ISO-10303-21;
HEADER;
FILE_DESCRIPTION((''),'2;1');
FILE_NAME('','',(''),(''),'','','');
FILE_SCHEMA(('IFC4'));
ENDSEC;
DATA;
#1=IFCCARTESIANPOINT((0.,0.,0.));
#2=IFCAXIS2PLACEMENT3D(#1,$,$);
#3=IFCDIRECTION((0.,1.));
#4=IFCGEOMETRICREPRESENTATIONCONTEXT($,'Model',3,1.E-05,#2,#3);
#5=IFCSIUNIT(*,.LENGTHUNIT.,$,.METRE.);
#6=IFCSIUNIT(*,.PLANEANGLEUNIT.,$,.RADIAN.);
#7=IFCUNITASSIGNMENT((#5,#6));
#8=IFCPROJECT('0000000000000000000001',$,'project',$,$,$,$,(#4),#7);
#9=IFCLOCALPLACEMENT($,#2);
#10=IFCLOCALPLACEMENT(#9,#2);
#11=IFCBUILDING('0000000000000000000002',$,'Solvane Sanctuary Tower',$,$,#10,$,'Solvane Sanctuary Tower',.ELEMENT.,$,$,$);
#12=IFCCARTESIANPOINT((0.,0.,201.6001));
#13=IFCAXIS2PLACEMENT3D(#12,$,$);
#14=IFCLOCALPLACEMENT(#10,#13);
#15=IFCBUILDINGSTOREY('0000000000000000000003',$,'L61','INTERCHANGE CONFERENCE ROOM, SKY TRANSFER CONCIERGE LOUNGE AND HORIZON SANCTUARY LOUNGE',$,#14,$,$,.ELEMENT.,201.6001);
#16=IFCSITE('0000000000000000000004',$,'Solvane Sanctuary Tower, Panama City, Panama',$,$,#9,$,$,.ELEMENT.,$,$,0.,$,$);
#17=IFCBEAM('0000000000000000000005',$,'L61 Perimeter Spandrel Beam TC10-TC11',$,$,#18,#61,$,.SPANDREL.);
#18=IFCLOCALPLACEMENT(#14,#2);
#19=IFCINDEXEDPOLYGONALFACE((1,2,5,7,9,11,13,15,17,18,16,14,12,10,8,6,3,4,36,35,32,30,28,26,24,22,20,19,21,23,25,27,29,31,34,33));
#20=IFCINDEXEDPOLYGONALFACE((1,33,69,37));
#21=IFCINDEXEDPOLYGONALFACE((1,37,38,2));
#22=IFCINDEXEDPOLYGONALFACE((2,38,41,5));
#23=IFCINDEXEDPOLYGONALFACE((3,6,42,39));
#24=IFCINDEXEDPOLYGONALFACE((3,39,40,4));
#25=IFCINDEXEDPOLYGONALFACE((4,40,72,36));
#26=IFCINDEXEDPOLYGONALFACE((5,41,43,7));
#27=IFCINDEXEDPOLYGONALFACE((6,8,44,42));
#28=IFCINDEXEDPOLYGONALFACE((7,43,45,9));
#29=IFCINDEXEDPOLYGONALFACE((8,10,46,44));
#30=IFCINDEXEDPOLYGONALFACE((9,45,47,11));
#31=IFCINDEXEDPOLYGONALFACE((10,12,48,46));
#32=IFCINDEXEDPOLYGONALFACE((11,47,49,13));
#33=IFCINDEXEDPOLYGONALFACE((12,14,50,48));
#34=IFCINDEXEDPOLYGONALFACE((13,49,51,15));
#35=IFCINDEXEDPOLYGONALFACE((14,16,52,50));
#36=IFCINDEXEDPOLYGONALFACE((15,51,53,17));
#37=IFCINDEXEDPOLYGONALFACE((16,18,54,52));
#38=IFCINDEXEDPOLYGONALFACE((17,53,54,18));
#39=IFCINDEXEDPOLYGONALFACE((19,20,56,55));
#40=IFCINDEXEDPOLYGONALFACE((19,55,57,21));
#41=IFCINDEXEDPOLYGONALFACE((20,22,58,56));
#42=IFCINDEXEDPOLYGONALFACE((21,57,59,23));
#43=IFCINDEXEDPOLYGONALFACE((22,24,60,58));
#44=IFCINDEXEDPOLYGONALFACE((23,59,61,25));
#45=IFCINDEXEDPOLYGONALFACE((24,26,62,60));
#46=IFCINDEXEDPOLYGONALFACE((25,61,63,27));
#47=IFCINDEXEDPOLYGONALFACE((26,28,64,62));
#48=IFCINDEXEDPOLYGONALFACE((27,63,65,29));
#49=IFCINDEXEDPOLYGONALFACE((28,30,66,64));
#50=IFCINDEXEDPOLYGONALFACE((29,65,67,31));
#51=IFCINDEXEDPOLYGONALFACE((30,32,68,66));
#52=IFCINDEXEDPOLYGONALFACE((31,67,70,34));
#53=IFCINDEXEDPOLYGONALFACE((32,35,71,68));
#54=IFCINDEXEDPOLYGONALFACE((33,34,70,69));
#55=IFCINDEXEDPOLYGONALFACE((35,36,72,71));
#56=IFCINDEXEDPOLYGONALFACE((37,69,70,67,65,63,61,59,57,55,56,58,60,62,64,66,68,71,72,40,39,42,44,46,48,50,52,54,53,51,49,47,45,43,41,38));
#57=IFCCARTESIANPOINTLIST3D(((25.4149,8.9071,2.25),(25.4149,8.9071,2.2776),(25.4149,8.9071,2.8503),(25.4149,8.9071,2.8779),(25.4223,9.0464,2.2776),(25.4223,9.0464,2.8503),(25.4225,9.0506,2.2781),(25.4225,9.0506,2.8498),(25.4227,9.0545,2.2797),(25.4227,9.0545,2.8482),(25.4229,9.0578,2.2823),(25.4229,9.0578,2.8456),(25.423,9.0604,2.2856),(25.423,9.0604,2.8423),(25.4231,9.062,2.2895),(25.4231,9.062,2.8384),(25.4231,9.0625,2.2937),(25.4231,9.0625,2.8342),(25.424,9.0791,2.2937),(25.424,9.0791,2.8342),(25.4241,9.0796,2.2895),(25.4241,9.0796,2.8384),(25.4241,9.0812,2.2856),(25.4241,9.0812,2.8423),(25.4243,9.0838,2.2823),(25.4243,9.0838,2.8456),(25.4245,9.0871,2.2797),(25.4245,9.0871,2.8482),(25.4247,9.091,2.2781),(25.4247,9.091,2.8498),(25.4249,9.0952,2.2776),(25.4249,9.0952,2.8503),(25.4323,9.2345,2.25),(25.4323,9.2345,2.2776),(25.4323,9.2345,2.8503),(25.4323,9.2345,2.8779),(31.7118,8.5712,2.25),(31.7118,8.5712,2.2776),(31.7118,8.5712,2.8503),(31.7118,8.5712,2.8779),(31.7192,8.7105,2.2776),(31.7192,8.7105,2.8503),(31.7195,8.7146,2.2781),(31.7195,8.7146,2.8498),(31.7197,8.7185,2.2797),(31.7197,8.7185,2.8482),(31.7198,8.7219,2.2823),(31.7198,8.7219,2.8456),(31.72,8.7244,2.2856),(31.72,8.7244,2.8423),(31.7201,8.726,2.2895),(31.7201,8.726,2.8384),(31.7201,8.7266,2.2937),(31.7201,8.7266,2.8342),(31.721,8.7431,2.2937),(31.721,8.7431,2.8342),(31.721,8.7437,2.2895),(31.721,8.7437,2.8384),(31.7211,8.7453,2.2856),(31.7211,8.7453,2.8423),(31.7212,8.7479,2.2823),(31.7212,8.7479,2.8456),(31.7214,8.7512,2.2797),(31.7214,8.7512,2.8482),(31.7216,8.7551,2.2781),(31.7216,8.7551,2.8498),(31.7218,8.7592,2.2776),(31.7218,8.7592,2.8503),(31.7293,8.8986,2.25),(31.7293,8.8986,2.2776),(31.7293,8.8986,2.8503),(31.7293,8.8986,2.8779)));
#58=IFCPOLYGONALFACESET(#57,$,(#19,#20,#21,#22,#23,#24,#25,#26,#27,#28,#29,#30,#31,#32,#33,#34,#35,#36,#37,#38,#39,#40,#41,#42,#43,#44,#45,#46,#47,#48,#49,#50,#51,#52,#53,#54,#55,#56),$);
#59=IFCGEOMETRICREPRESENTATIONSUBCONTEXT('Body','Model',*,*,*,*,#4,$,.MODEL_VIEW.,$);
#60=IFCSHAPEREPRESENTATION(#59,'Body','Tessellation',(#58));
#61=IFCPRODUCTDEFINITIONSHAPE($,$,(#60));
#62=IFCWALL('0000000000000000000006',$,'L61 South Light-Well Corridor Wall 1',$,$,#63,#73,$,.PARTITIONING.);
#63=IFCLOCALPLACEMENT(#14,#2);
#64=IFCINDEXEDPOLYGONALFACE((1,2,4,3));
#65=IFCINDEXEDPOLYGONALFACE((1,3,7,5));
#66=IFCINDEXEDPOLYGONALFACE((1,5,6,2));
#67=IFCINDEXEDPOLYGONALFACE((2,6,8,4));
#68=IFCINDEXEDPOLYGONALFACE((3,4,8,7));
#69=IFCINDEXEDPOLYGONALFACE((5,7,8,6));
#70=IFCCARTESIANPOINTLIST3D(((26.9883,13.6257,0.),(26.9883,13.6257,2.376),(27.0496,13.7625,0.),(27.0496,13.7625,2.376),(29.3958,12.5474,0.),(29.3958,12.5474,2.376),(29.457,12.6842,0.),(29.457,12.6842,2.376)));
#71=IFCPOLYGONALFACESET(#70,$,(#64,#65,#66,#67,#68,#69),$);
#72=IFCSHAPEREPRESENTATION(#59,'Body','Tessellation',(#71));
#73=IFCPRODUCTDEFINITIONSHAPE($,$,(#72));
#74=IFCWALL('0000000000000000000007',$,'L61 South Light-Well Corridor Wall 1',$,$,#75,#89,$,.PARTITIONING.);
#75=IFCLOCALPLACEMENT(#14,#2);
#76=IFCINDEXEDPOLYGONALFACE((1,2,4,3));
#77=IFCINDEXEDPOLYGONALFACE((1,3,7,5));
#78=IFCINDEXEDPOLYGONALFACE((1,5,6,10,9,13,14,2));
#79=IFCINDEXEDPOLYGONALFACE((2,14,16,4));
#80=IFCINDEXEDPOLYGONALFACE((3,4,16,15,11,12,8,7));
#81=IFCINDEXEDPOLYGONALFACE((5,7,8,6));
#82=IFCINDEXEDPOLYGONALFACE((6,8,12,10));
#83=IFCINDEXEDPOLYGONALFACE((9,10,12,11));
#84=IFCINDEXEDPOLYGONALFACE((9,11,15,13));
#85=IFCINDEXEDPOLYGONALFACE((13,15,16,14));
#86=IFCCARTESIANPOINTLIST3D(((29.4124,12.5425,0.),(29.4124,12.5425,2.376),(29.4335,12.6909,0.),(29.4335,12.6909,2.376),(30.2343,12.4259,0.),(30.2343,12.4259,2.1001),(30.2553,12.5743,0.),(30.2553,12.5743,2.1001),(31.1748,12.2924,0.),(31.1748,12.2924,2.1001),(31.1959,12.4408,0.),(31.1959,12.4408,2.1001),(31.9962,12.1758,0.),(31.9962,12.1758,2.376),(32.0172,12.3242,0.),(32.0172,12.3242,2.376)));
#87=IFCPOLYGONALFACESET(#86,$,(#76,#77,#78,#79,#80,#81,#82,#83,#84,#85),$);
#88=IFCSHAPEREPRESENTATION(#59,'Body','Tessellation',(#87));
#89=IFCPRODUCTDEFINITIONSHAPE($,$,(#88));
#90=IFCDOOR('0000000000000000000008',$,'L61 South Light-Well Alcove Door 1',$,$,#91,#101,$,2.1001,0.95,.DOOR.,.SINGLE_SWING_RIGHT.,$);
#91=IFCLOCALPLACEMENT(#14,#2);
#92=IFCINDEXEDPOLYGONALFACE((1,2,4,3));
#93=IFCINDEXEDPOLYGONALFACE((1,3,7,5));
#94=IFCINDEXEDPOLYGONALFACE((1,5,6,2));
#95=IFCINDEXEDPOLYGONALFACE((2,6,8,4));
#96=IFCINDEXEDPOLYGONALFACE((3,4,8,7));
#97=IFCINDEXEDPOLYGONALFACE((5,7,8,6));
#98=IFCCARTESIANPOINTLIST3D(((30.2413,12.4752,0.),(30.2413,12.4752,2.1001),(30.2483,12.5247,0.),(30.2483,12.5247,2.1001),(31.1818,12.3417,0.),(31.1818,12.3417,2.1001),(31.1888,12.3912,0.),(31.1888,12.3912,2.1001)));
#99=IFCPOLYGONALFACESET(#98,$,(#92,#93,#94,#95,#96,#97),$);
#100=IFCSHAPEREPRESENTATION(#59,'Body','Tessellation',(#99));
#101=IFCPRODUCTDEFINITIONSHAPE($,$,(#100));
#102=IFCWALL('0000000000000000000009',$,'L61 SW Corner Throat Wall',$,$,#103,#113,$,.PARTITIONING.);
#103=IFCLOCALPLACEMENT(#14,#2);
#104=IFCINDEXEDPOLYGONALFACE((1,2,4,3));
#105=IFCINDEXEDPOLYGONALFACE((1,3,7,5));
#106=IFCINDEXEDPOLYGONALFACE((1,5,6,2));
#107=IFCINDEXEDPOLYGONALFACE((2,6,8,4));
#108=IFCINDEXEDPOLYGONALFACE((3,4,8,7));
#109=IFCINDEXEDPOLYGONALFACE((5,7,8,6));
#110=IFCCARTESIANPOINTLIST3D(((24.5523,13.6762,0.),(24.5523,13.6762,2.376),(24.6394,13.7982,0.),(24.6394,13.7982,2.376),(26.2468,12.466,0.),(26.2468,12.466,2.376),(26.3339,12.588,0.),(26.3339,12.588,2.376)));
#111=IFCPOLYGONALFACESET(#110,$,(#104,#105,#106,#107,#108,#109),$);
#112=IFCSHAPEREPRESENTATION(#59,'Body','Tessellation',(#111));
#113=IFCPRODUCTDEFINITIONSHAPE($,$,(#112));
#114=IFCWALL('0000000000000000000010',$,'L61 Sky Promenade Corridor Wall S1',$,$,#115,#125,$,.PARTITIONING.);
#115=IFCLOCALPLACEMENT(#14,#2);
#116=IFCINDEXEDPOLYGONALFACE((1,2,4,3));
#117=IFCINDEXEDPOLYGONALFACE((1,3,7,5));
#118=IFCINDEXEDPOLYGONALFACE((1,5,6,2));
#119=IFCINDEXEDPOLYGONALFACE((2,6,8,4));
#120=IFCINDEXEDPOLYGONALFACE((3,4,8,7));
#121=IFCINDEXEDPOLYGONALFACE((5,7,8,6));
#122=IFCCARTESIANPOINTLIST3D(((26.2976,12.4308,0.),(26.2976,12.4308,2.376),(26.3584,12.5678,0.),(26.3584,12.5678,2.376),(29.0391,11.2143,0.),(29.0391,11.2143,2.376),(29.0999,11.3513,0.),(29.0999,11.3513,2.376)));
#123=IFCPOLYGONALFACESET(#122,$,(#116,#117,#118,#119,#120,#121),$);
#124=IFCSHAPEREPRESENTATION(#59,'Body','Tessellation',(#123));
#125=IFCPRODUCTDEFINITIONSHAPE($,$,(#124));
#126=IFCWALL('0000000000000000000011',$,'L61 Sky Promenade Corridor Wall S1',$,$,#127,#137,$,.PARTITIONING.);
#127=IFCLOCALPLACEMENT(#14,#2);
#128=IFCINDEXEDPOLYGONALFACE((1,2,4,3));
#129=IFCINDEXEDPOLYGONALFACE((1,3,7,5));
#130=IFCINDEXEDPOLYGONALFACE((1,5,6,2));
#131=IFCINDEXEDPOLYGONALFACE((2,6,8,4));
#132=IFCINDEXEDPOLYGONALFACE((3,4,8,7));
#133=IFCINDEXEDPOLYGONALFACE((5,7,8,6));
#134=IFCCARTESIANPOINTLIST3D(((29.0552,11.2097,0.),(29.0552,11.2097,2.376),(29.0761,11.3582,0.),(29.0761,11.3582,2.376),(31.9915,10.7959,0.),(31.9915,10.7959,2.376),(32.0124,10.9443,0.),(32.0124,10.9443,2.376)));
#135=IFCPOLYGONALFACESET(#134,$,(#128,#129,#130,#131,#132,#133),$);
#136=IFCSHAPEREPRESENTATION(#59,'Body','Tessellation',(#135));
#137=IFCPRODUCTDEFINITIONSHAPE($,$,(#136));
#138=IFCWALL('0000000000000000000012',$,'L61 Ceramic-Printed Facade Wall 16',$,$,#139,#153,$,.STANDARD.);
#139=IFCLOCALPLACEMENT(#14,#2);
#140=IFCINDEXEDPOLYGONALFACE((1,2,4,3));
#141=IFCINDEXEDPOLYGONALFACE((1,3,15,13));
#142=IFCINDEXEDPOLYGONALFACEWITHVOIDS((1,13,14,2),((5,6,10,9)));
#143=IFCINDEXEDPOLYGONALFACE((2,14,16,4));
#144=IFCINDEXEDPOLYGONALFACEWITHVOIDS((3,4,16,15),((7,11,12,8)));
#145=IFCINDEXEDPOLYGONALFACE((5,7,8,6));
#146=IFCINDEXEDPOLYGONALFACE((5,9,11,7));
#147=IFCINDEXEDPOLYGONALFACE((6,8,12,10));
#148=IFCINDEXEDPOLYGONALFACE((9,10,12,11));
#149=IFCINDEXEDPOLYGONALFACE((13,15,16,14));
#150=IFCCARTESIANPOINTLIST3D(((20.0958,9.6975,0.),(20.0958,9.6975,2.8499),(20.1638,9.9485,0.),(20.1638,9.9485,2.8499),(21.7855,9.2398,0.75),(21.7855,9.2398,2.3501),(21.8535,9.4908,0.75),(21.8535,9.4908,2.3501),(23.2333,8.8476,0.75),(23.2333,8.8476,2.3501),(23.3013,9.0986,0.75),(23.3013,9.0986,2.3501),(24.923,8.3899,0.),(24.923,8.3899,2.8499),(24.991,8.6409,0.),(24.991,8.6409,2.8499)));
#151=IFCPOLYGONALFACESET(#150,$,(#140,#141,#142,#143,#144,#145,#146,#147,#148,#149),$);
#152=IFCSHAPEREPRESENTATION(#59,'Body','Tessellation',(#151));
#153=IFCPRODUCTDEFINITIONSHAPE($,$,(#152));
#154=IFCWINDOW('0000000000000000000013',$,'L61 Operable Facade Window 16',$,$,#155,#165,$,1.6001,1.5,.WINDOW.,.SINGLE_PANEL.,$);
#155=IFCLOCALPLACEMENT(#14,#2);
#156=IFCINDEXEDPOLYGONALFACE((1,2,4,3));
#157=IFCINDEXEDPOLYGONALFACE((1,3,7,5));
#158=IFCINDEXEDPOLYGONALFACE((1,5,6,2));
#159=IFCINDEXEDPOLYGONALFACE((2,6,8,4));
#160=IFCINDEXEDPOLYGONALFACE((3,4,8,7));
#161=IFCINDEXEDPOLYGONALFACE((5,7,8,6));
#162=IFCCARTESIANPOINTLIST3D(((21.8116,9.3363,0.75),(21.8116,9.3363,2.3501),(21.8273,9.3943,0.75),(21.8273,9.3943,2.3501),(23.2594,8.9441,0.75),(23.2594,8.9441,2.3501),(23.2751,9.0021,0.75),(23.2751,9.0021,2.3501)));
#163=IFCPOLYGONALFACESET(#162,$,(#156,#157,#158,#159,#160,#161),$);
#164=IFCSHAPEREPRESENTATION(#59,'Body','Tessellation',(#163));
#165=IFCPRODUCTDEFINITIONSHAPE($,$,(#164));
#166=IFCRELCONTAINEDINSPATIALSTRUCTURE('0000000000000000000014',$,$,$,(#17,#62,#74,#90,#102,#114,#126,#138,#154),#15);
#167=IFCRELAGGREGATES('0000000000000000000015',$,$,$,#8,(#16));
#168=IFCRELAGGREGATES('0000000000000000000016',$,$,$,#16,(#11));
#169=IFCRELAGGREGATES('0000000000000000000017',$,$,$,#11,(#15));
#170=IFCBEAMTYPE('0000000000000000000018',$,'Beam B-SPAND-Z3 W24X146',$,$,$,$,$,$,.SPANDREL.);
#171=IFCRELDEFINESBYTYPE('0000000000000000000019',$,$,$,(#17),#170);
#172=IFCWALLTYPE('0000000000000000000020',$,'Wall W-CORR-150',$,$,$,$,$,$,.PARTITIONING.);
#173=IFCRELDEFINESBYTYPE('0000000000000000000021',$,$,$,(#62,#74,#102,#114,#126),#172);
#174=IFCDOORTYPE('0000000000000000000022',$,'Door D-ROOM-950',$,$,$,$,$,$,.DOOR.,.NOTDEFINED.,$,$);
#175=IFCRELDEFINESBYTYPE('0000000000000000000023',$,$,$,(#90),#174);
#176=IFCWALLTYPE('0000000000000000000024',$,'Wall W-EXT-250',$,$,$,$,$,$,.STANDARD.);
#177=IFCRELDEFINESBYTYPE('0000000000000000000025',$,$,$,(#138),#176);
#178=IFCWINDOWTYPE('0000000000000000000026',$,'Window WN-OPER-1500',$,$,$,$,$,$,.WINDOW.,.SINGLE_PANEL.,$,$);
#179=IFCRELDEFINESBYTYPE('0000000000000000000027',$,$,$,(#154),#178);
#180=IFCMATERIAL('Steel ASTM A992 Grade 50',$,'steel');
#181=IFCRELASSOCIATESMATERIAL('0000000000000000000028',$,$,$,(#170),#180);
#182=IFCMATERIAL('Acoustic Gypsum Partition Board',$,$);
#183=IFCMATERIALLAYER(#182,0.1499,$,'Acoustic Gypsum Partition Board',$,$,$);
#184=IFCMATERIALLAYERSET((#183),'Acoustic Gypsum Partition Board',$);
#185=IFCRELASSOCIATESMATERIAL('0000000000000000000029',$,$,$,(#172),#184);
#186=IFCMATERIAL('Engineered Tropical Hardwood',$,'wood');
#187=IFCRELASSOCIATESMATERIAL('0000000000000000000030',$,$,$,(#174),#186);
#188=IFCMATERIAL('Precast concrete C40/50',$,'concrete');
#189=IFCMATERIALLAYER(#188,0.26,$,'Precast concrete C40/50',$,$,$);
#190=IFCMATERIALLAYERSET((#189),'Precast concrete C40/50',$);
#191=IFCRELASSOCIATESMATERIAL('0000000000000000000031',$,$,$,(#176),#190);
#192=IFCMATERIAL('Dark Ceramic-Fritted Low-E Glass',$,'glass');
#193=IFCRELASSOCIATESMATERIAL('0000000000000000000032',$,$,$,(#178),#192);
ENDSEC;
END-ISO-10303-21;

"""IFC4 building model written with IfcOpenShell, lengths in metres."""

from ifc_helpers import new_model, si_unit, direction, frame, frame_2d, origin, origin_2d, place, context, subcontext, project, spatial, rectangle, i_section, extrude, material, layer, layer_set, material_profile, profile_set, type_object, element, fill, save


model = new_model("IFC4")

# Units and contexts
model_context = context("Model", 3, precision=1e-05, world=origin(), true_north=direction((0.0, 1.0)))
body_context = subcontext(model_context, "Body", "Model", "MODEL_VIEW")
ifc_project = project(units=[si_unit("LENGTHUNIT", "METRE"), si_unit("PLANEANGLEUNIT", "RADIAN")], contexts=[model_context])

# Site, building, storey
site_placement = place(None, origin())
site = spatial("IfcSite", under=ifc_project, at=site_placement, Name="Solvane Sanctuary Tower, Panama City, Panama", CompositionType="ELEMENT", RefElevation=0.0)
building_placement = place(site_placement, origin())
building = spatial("IfcBuilding", under=site, at=building_placement, Name="Solvane Sanctuary Tower", LongName="Solvane Sanctuary Tower", CompositionType="ELEMENT")
storey_placement = place(building_placement, frame((0.0, 0.0, 201.6001)))
storey = spatial("IfcBuildingStorey", under=building, at=storey_placement, Name="L61", Description="INTERCHANGE CONFERENCE ROOM, SKY TRANSFER CONCIERGE LOUNGE AND HORIZON SANCTUARY LOUNGE", CompositionType="ELEMENT", Elevation=201.6001)

# Beam
ifc_material_1 = material(Name="Steel ASTM A992 Grade 50", Category="steel")
ifc_material_profile_1 = material_profile(ifc_material_1, i_section(OverallWidth=0.3279, OverallDepth=0.6279, WebThickness=0.0166, FlangeThickness=0.0276, FilletRadius=0.0161, at=origin_2d()), Name="W24X146")
ifc_profile_set_1 = profile_set([ifc_material_profile_1], Name="Steel ASTM A992 Grade 50")
beam_type_1 = type_object("IfcBeamType", Name="Beam B-SPAND-Z3 W24X146", PredefinedType="SPANDREL", material=ifc_profile_set_1)
beam_1_placement = place(storey_placement, frame((25.4236, 9.0708, 2.564), z_axis=(0.99858, -0.053274, 0.0), x_axis=(0.053274, 0.99858, 0.0)))
element("IfcBeam", 1, at=beam_1_placement, inside=storey, type_object=beam_type_1, Name="L61 Perimeter Spandrel Beam TC10-TC11", PredefinedType="SPANDREL", context=body_context, shape_type="SweptSolid", body=[
    extrude(i_section(OverallWidth=0.3279, OverallDepth=0.6279, WebThickness=0.0166, FlangeThickness=0.0276, FilletRadius=0.0161, at=origin_2d()), origin(), (0.0, 0.0, 1.0), 6.3059),
])

# Wall
ifc_material_2 = material(Name="Acoustic Gypsum Partition Board")
ifc_layer_1 = layer(ifc_material_2, 0.1499, Name="Acoustic Gypsum Partition Board")
ifc_layer_set_1 = layer_set([ifc_layer_1], Name="Acoustic Gypsum Partition Board")
wall_type_1 = type_object("IfcWallType", Name="Wall W-CORR-150", PredefinedType="PARTITIONING", material=ifc_layer_set_1)
wall_1_placement = place(storey_placement, frame((27.019, 13.6941, 0.0), z_axis=(0.0, 0.0, 1.0), x_axis=(0.912628, -0.40879, 0.0)))
element("IfcWall", 2, at=wall_1_placement, inside=storey, type_object=wall_type_1, Name="L61 South Light-Well Corridor Wall 1", PredefinedType="PARTITIONING", context=body_context, shape_type="SweptSolid", body=[
    extrude(rectangle(XDim=2.6379, YDim=0.1499, at=frame_2d((1.3188, 0.0))), origin(), (0.0, 0.0, 1.0), 2.376),
])

# Wall, opening, door
wall_2_placement = place(storey_placement, frame((29.4231, 12.6167, 0.0), z_axis=(0.0, 0.0, 1.0), x_axis=(0.990078, -0.140518, 0.0)))
wall_2 = element("IfcWall", 3, at=wall_2_placement, inside=storey, type_object=wall_type_1, Name="L61 South Light-Well Corridor Wall 1", PredefinedType="PARTITIONING", context=body_context, shape_type="SweptSolid", body=[
    extrude(rectangle(XDim=2.6096, YDim=0.1499, at=frame_2d((1.3047, 0.0))), origin(), (0.0, 0.0, 1.0), 2.376),
])
opening_1_placement = place(wall_2_placement, frame((0.8298, 0.0, 0.0)))
opening_1 = element("IfcOpeningElement", 4, at=opening_1_placement, cuts=wall_2, PredefinedType="OPENING", context=body_context, shape_type="SweptSolid", body=[
    extrude(rectangle(XDim=0.95, YDim=2.1001, at=frame_2d((0.4751, 1.05))), frame((0.0, 0.085, 0.0), z_axis=(0.0, -1.0, 0.0), x_axis=(1.0, 0.0, 0.0)), (0.0, 0.0, 1.0), 0.1699),
])
ifc_material_3 = material(Name="Engineered Tropical Hardwood", Category="wood")
door_type = type_object("IfcDoorType", Name="Door D-ROOM-950", OperationType="NOTDEFINED", PredefinedType="DOOR", material=ifc_material_3)
door_placement = place(opening_1_placement, origin())
door = element("IfcDoor", 5, at=door_placement, inside=storey, type_object=door_type, Name="L61 South Light-Well Alcove Door 1", OperationType="SINGLE_SWING_RIGHT", OverallHeight=2.1001, OverallWidth=0.95, PredefinedType="DOOR", context=body_context, shape_type="SweptSolid", body=[
    extrude(rectangle(XDim=0.95, YDim=2.1001, at=frame_2d((0.4751, 1.05))), frame((0.0, 0.0249, 0.0), z_axis=(0.0, -1.0, 0.0), x_axis=(1.0, 0.0, 0.0)), (0.0, 0.0, 1.0), 0.05),
])
fill(opening_1, door)

# Walls
wall_3_placement = place(storey_placement, frame((26.2903, 12.5271, 0.0), z_axis=(0.0, 0.0, 1.0), x_axis=(-0.813781, 0.581172, 0.0)))
element("IfcWall", 6, at=wall_3_placement, inside=storey, type_object=wall_type_1, Name="L61 SW Corner Throat Wall", PredefinedType="PARTITIONING", context=body_context, shape_type="SweptSolid", body=[
    extrude(rectangle(XDim=2.0823, YDim=0.1499, at=frame_2d((1.041, 0.0))), origin(), (0.0, 0.0, 1.0), 2.376),
])
wall_4_placement = place(storey_placement, frame((26.3281, 12.4993, 0.0), z_axis=(0.0, 0.0, 1.0), x_axis=(0.914043, -0.405617, 0.0)))
element("IfcWall", 7, at=wall_4_placement, inside=storey, type_object=wall_type_1, Name="L61 Sky Promenade Corridor Wall S1", PredefinedType="PARTITIONING", context=body_context, shape_type="SweptSolid", body=[
    extrude(rectangle(XDim=2.9993, YDim=0.1499, at=frame_2d((1.4995, 0.0))), origin(), (0.0, 0.0, 1.0), 2.376),
])
wall_5_placement = place(storey_placement, frame((29.0657, 11.2839, 0.0), z_axis=(0.0, 0.0, 1.0), x_axis=(0.990214, -0.139554, 0.0)))
element("IfcWall", 8, at=wall_5_placement, inside=storey, type_object=wall_type_1, Name="L61 Sky Promenade Corridor Wall S1", PredefinedType="PARTITIONING", context=body_context, shape_type="SweptSolid", body=[
    extrude(rectangle(XDim=2.9653, YDim=0.1499, at=frame_2d((1.4827, 0.0))), origin(), (0.0, 0.0, 1.0), 2.376),
])

# Wall, opening, window
ifc_material_4 = material(Name="Precast concrete C40/50", Category="concrete")
ifc_layer_2 = layer(ifc_material_4, 0.26, Name="Precast concrete C40/50")
ifc_layer_set_2 = layer_set([ifc_layer_2], Name="Precast concrete C40/50")
wall_type_2 = type_object("IfcWallType", Name="Wall W-EXT-250", PredefinedType="STANDARD", material=ifc_layer_set_2)
wall_6_placement = place(storey_placement, frame((20.1299, 9.823, 0.0), z_axis=(0.0, 0.0, 1.0), x_axis=(0.965213, -0.261465, 0.0)))
wall_6 = element("IfcWall", 9, at=wall_6_placement, inside=storey, type_object=wall_type_2, Name="L61 Ceramic-Printed Facade Wall 16", PredefinedType="STANDARD", context=body_context, shape_type="SweptSolid", body=[
    extrude(rectangle(XDim=5.0012, YDim=0.26, at=frame_2d((2.5005, 0.0))), origin(), (0.0, 0.0, 1.0), 2.8499),
])
opening_2_placement = place(wall_6_placement, frame((1.7505, 0.0, 0.75)))
opening_2 = element("IfcOpeningElement", 10, at=opening_2_placement, cuts=wall_6, PredefinedType="OPENING", context=body_context, shape_type="SweptSolid", body=[
    extrude(rectangle(XDim=1.5, YDim=1.6001, at=frame_2d((0.75, 0.8))), frame((0.0, 0.1399, 0.0), z_axis=(0.0, -1.0, 0.0), x_axis=(1.0, 0.0, 0.0)), (0.0, 0.0, 1.0), 0.28),
])
ifc_material_5 = material(Name="Dark Ceramic-Fritted Low-E Glass", Category="glass")
window_type_1 = type_object("IfcWindowType", Name="Window WN-OPER-1500", PartitioningType="SINGLE_PANEL", PredefinedType="WINDOW", material=ifc_material_5)
window_1_placement = place(opening_2_placement, origin())
window_1 = element("IfcWindow", 11, at=window_1_placement, inside=storey, type_object=window_type_1, Name="L61 Operable Facade Window 16", OverallHeight=1.6001, OverallWidth=1.5, PartitioningType="SINGLE_PANEL", PredefinedType="WINDOW", context=body_context, shape_type="SweptSolid", body=[
    extrude(rectangle(XDim=1.5, YDim=1.6001, at=frame_2d((0.75, 0.8))), frame((0.0, 0.03, 0.0), z_axis=(0.0, -1.0, 0.0), x_axis=(1.0, 0.0, 0.0)), (0.0, 0.0, 1.0), 0.0601),
])
fill(opening_2, window_1)

save(model, "model.ifc")
